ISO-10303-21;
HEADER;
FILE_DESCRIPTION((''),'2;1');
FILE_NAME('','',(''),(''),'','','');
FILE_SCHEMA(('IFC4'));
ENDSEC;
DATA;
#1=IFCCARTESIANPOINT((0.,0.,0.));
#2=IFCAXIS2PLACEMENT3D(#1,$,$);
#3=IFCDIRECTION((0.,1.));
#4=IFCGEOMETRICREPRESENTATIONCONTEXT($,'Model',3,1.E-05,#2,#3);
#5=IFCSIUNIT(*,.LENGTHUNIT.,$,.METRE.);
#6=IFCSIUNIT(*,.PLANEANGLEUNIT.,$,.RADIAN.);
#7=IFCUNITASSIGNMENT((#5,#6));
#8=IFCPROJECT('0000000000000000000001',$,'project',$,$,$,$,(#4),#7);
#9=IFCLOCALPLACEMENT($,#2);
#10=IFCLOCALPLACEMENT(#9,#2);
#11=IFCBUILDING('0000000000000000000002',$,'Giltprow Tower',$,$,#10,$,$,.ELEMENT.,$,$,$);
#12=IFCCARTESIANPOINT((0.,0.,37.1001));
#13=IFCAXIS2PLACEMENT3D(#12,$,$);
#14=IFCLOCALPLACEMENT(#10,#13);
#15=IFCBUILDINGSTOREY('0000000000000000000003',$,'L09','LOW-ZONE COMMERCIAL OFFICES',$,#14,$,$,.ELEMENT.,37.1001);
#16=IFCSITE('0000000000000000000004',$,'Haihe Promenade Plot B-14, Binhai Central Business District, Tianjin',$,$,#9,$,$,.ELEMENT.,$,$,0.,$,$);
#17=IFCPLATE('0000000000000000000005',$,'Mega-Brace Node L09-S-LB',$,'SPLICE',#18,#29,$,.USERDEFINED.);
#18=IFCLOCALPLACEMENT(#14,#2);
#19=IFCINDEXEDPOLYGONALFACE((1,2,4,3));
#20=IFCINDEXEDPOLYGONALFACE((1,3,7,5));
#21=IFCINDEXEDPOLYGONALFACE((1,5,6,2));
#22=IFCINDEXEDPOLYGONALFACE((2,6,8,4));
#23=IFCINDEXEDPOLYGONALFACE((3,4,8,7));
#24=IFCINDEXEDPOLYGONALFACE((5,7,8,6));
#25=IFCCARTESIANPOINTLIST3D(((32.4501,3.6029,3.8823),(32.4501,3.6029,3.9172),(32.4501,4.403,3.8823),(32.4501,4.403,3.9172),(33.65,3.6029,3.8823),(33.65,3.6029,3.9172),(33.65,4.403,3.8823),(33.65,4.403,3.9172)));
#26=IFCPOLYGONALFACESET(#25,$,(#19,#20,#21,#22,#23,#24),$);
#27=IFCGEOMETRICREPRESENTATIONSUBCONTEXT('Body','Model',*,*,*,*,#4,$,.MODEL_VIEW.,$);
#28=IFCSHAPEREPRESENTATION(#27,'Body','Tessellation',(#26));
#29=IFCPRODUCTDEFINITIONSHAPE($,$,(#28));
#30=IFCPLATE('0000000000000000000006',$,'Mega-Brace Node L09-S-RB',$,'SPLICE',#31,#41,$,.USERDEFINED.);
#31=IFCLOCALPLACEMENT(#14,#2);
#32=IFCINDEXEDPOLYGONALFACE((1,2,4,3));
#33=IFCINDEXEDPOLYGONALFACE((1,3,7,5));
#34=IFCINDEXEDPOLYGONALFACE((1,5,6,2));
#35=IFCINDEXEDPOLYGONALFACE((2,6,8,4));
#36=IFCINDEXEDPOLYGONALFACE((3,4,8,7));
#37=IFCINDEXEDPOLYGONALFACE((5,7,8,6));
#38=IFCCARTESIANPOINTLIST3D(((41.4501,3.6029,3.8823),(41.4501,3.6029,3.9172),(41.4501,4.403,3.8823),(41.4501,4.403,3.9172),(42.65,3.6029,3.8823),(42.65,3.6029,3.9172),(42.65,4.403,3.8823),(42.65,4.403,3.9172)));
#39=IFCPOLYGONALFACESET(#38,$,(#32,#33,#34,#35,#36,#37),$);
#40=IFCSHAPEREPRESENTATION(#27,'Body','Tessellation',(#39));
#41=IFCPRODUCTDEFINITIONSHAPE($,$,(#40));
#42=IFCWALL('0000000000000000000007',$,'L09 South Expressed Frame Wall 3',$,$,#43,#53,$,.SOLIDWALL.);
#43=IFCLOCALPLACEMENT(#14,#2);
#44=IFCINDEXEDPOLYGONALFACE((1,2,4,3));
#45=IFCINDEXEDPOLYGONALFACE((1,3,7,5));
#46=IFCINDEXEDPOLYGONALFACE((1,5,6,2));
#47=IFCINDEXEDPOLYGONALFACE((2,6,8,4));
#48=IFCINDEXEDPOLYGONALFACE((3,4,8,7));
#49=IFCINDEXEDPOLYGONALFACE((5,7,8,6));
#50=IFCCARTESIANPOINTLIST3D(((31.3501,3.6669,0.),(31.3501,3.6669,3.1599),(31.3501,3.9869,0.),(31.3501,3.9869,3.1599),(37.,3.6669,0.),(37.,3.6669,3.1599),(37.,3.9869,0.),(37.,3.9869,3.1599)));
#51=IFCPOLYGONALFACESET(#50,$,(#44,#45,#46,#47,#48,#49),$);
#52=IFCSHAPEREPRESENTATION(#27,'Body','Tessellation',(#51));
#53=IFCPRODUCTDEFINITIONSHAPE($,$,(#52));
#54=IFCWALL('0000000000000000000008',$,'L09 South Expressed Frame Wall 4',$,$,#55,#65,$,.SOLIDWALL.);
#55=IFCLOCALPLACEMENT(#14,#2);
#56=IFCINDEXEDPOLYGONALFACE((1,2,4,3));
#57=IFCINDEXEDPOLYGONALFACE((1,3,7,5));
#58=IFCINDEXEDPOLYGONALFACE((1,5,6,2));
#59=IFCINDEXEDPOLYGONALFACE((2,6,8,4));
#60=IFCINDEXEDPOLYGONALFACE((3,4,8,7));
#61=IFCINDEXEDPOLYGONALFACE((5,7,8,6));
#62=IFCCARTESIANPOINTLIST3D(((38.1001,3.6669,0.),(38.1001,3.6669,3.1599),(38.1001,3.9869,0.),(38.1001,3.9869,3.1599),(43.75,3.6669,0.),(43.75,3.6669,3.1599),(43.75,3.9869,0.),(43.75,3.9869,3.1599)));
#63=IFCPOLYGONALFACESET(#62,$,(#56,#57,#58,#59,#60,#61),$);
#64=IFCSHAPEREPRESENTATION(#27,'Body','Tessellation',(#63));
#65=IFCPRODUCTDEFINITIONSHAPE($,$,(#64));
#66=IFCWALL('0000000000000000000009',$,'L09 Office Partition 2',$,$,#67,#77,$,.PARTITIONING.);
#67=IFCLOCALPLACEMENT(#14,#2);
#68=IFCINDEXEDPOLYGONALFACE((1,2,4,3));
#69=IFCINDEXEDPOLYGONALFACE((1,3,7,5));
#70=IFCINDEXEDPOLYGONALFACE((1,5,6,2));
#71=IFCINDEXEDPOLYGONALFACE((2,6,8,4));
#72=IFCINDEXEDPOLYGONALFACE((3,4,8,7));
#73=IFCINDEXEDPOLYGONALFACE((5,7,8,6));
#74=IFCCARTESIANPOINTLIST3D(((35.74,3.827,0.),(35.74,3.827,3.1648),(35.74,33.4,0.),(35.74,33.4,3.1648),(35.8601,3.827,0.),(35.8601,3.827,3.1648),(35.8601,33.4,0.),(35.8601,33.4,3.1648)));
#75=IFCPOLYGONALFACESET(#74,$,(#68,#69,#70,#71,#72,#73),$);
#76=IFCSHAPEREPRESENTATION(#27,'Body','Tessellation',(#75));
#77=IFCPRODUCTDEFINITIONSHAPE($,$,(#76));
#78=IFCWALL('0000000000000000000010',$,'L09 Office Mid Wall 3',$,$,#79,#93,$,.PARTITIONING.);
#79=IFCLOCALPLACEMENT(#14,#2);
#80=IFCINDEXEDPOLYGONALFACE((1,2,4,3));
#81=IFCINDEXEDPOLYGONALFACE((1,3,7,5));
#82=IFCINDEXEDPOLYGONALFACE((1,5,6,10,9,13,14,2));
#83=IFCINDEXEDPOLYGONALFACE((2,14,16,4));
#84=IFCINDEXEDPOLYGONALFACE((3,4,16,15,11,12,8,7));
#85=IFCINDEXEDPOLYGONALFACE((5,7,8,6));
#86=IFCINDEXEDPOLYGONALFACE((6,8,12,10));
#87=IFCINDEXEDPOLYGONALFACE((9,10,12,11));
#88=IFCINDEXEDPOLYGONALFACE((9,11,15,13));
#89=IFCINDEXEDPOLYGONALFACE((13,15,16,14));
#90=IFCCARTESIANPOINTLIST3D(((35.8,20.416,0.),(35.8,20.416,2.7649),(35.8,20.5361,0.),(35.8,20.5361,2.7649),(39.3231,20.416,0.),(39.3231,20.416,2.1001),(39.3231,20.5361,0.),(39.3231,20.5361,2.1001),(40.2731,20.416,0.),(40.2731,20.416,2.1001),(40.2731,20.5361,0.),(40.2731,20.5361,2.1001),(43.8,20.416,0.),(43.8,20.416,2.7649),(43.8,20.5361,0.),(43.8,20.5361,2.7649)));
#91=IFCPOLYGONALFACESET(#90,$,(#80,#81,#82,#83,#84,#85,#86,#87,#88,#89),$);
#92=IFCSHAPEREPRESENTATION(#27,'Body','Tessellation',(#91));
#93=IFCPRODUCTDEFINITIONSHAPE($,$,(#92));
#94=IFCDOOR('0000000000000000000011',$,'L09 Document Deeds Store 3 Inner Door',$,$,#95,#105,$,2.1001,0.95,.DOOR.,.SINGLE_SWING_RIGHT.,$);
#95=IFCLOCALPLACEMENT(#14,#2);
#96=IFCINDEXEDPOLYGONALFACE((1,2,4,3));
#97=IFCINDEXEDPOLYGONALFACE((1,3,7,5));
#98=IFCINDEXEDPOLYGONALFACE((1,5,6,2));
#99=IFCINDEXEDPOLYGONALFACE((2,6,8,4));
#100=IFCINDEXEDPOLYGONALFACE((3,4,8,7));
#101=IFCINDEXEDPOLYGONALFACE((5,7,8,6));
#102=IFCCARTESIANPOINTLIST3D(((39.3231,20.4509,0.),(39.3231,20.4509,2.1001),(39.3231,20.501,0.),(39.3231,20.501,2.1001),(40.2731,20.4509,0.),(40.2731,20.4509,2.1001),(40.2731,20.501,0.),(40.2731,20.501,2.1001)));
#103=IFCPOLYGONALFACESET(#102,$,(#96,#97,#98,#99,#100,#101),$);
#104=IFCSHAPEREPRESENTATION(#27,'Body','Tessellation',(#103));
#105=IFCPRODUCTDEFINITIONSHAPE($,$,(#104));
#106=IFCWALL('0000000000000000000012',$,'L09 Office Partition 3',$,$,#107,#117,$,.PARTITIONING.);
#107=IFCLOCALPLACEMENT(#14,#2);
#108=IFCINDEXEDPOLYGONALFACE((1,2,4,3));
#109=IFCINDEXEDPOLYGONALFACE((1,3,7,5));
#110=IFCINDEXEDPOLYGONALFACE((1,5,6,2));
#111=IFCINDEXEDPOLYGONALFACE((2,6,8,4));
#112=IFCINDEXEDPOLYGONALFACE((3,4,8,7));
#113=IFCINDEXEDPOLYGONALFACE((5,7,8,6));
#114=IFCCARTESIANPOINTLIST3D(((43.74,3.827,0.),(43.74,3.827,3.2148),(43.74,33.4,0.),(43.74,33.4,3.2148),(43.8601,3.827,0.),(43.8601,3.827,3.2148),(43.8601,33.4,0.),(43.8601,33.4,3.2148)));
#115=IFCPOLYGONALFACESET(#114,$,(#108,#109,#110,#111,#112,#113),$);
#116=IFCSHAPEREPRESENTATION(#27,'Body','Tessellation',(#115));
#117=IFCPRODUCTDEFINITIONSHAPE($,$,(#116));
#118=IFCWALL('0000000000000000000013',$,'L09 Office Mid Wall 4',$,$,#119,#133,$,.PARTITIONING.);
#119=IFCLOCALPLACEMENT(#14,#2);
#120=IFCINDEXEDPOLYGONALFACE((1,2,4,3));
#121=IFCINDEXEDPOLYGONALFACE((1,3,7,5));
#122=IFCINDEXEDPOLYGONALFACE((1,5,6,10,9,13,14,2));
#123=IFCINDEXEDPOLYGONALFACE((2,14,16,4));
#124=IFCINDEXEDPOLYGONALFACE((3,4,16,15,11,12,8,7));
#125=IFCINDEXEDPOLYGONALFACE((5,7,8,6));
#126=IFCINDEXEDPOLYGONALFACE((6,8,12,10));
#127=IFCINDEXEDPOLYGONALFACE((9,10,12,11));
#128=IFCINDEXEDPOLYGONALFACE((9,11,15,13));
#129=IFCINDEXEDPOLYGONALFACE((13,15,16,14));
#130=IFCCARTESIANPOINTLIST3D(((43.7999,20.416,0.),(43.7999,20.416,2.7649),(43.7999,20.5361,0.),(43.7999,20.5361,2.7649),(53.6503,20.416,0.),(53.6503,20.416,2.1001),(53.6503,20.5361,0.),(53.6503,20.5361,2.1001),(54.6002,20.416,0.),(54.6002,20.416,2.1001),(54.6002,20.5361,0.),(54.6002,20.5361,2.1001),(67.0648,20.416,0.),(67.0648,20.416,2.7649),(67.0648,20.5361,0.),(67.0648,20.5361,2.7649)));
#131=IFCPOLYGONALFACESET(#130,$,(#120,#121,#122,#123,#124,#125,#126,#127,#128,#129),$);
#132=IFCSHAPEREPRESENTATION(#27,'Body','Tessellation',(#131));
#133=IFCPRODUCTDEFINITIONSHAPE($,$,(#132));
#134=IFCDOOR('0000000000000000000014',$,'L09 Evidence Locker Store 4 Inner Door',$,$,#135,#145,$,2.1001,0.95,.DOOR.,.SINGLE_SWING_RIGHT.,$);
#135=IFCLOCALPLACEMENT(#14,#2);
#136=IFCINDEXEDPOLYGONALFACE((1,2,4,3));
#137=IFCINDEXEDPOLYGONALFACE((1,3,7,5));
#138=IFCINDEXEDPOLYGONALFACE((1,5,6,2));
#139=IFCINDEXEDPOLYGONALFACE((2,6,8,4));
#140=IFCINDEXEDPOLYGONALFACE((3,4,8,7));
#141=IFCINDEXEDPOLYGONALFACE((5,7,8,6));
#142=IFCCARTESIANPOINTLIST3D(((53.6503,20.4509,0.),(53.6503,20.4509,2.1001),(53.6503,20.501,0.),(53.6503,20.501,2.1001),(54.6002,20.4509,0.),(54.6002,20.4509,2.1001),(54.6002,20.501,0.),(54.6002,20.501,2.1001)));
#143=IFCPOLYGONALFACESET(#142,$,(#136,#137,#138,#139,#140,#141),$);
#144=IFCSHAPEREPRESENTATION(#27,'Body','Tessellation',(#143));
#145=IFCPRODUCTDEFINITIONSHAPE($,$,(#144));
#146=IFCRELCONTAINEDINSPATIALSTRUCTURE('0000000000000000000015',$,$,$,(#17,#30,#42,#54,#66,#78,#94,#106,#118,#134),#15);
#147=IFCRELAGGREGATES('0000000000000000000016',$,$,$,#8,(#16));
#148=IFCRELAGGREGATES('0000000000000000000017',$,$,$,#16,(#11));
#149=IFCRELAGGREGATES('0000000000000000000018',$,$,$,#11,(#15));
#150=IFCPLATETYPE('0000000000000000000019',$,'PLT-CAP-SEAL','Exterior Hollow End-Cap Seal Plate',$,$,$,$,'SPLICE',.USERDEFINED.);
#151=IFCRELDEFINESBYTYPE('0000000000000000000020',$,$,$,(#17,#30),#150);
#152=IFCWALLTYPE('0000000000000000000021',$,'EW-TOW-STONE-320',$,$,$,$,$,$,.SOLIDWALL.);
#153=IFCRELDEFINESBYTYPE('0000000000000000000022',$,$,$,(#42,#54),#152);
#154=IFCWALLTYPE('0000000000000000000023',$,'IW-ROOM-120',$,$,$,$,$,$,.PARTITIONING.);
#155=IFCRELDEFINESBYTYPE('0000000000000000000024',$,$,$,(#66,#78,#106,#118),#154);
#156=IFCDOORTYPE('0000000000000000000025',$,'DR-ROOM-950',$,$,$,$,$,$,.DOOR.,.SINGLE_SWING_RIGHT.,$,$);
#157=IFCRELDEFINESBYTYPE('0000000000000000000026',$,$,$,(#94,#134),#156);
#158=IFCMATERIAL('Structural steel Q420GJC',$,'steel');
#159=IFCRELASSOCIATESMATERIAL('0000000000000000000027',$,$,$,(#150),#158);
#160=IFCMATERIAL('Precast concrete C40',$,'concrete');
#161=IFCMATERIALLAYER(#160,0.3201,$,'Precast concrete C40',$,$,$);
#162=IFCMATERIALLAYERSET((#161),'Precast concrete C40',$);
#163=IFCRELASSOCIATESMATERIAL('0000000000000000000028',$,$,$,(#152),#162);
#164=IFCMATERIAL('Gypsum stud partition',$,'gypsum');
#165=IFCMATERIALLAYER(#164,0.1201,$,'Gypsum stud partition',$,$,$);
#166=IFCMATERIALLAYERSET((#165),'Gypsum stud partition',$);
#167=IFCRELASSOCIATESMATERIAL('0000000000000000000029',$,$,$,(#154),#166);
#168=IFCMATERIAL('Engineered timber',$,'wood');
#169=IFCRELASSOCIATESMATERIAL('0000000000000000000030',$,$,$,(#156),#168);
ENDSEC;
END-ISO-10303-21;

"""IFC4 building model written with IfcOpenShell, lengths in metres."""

from ifc_helpers import new_model, si_unit, direction, frame, frame_2d, origin, origin_2d, place, context, subcontext, project, spatial, rectangle, extrude, source, transform, mapped, material, layer, layer_set, type_object, element, fill, save


model = new_model("IFC4")

# Units and contexts
model_context = context("Model", 3, precision=1e-05, world=origin(), true_north=direction((0.0, 1.0)))
body_context = subcontext(model_context, "Body", "Model", "MODEL_VIEW")
ifc_project = project(units=[si_unit("LENGTHUNIT", "METRE"), si_unit("PLANEANGLEUNIT", "RADIAN")], contexts=[model_context])

# Site, building, storey
site_placement = place(None, origin())
site = spatial("IfcSite", under=ifc_project, at=site_placement, Name="Haihe Promenade Plot B-14, Binhai Central Business District, Tianjin", CompositionType="ELEMENT", RefElevation=0.0)
building_placement = place(site_placement, origin())
building = spatial("IfcBuilding", under=site, at=building_placement, Name="Giltprow Tower", CompositionType="ELEMENT")
storey_placement = place(building_placement, frame((0.0, 0.0, 37.1001)))
storey = spatial("IfcBuildingStorey", under=building, at=storey_placement, Name="L09", Description="LOW-ZONE COMMERCIAL OFFICES", CompositionType="ELEMENT", Elevation=37.1001)

# Shared definitions
ifc_material_1 = material(Name="Structural steel Q420GJC", Category="steel")

# Plates
plate_type = type_object("IfcPlateType", Name="PLT-CAP-SEAL", Description="Exterior Hollow End-Cap Seal Plate", ElementType="SPLICE", PredefinedType="USERDEFINED", material=ifc_material_1)
shared_shape_1 = source(origin(), body_context, "Body", "SweptSolid", [
    extrude(rectangle(XDim=1.2, YDim=0.8, at=origin_2d()), origin(), (0.0, 0.0, 1.0), 0.0349),
])
for number, where, z_axis, x_axis, name in (
    (1, (33.05, 4.0029, 3.8823), (0.0, 0.0, 1.0), (1.0, 0.0, 0.0), "Mega-Brace Node L09-S-LB"),
    (2, (42.05, 4.0029, 3.8823), (0.0, 0.0, 1.0), (1.0, 0.0, 0.0), "Mega-Brace Node L09-S-RB"),
):
    element("IfcPlate", number, at=place(storey_placement, frame(where, z_axis=z_axis, x_axis=x_axis)), inside=storey, type_object=plate_type, Name=name, ObjectType="SPLICE", PredefinedType="USERDEFINED", context=body_context, shape_type="MappedRepresentation", body=[
        mapped(shared_shape_1, transform((0.0, 0.0, 0.0), x_axis=(1.0, 0.0, 0.0), y_axis=(0.0, 1.0, 0.0), z_axis=(0.0, 0.0, 1.0), scale=1.0)),
    ])

# Walls
ifc_material_2 = material(Name="Precast concrete C40", Category="concrete")
ifc_layer_1 = layer(ifc_material_2, 0.3201, Name="Precast concrete C40")
ifc_layer_set_1 = layer_set([ifc_layer_1], Name="Precast concrete C40")
wall_type_1 = type_object("IfcWallType", Name="EW-TOW-STONE-320", PredefinedType="SOLIDWALL", material=ifc_layer_set_1)
for number, where, z_axis, x_axis, name in (
    (3, (31.3501, 3.8269, 0.0), (0.0, 0.0, 1.0), (1.0, 0.0, 0.0), "L09 South Expressed Frame Wall 3"),
    (4, (38.1001, 3.8269, 0.0), (0.0, 0.0, 1.0), (1.0, 0.0, 0.0), "L09 South Expressed Frame Wall 4"),
):
    element("IfcWall", number, at=place(storey_placement, frame(where, z_axis=z_axis, x_axis=x_axis)), inside=storey, type_object=wall_type_1, Name=name, PredefinedType="SOLIDWALL", context=body_context, shape_type="SweptSolid", body=[
        extrude(rectangle(XDim=5.6499, YDim=0.3201, at=frame_2d((2.825, 0.0))), origin(), (0.0, 0.0, 1.0), 3.1599),
    ])
ifc_material_3 = material(Name="Gypsum stud partition", Category="gypsum")
ifc_layer_2 = layer(ifc_material_3, 0.1201, Name="Gypsum stud partition")
ifc_layer_set_2 = layer_set([ifc_layer_2], Name="Gypsum stud partition")
wall_type_2 = type_object("IfcWallType", Name="IW-ROOM-120", PredefinedType="PARTITIONING", material=ifc_layer_set_2)
wall_1_placement = place(storey_placement, frame((35.8, 3.8269, 0.0), z_axis=(0.0, 0.0, 1.0), x_axis=(0.0, 1.0, 0.0)))
element("IfcWall", 5, at=wall_1_placement, inside=storey, type_object=wall_type_2, Name="L09 Office Partition 2", PredefinedType="PARTITIONING", context=body_context, shape_type="SweptSolid", body=[
    extrude(rectangle(XDim=29.573, YDim=0.1201, at=frame_2d((14.7866, 0.0))), origin(), (0.0, 0.0, 1.0), 3.1648),
])

# Wall, opening, door
wall_2_placement = place(storey_placement, frame((35.8, 20.4761, 0.0), z_axis=(0.0, 0.0, 1.0), x_axis=(1.0, 0.0, 0.0)))
wall_2 = element("IfcWall", 6, at=wall_2_placement, inside=storey, type_object=wall_type_2, Name="L09 Office Mid Wall 3", PredefinedType="PARTITIONING", context=body_context, shape_type="SweptSolid", body=[
    extrude(rectangle(XDim=8.0, YDim=0.1201, at=frame_2d((4.0, 0.0))), origin(), (0.0, 0.0, 1.0), 2.7649),
])
opening_1_placement = place(wall_2_placement, frame((3.5229, 0.0, 0.0)))
opening_1 = element("IfcOpeningElement", 7, at=opening_1_placement, cuts=wall_2, PredefinedType="OPENING", context=body_context, shape_type="SweptSolid", body=[
    extrude(rectangle(XDim=0.95, YDim=2.1001, at=frame_2d((0.4751, 1.05))), frame((0.0, 0.0701, 0.0), z_axis=(0.0, -1.0, 0.0), x_axis=(1.0, 0.0, 0.0)), (0.0, 0.0, 1.0), 0.1401),
])
ifc_material_4 = material(Name="Engineered timber", Category="wood")
door_type = type_object("IfcDoorType", Name="DR-ROOM-950", OperationType="SINGLE_SWING_RIGHT", PredefinedType="DOOR", material=ifc_material_4)
shared_shape_2 = source(origin(), body_context, "Body", "SweptSolid", [
    extrude(rectangle(XDim=0.95, YDim=2.1001, at=frame_2d((0.4751, 1.05))), frame((0.0, 0.0249, 0.0), z_axis=(0.0, -1.0, 0.0), x_axis=(1.0, 0.0, 0.0)), (0.0, 0.0, 1.0), 0.05),
])
door_1_placement = place(opening_1_placement, origin())
door_1 = element("IfcDoor", 8, at=door_1_placement, inside=storey, type_object=door_type, Name="L09 Document Deeds Store 3 Inner Door", OperationType="SINGLE_SWING_RIGHT", OverallHeight=2.1001, OverallWidth=0.95, PredefinedType="DOOR", context=body_context, shape_type="MappedRepresentation", body=[
    mapped(shared_shape_2, transform((0.0, 0.0, 0.0), x_axis=(1.0, 0.0, 0.0), y_axis=(0.0, 1.0, 0.0), z_axis=(0.0, 0.0, 1.0), scale=1.0)),
])
fill(opening_1, door_1)

# Wall
wall_3_placement = place(storey_placement, frame((43.8, 3.8269, 0.0), z_axis=(0.0, 0.0, 1.0), x_axis=(0.0, 1.0, 0.0)))
element("IfcWall", 9, at=wall_3_placement, inside=storey, type_object=wall_type_2, Name="L09 Office Partition 3", PredefinedType="PARTITIONING", context=body_context, shape_type="SweptSolid", body=[
    extrude(rectangle(XDim=29.573, YDim=0.1201, at=frame_2d((14.7866, 0.0))), origin(), (0.0, 0.0, 1.0), 3.2148),
])

# Wall, opening, door
wall_4_placement = place(storey_placement, frame((43.8, 20.4761, 0.0), z_axis=(0.0, 0.0, 1.0), x_axis=(1.0, 0.0, 0.0)))
wall_4 = element("IfcWall", 10, at=wall_4_placement, inside=storey, type_object=wall_type_2, Name="L09 Office Mid Wall 4", PredefinedType="PARTITIONING", context=body_context, shape_type="SweptSolid", body=[
    extrude(rectangle(XDim=23.2649, YDim=0.1201, at=frame_2d((11.6323, 0.0))), origin(), (0.0, 0.0, 1.0), 2.7649),
])
opening_2_placement = place(wall_4_placement, frame((9.8501, 0.0, 0.0)))
opening_2 = element("IfcOpeningElement", 11, at=opening_2_placement, cuts=wall_4, PredefinedType="OPENING", context=body_context, shape_type="SweptSolid", body=[
    extrude(rectangle(XDim=0.95, YDim=2.1001, at=frame_2d((0.4751, 1.05))), frame((0.0, 0.0701, 0.0), z_axis=(0.0, -1.0, 0.0), x_axis=(1.0, 0.0, 0.0)), (0.0, 0.0, 1.0), 0.1401),
])
door_2_placement = place(opening_2_placement, origin())
door_2 = element("IfcDoor", 12, at=door_2_placement, inside=storey, type_object=door_type, Name="L09 Evidence Locker Store 4 Inner Door", OperationType="SINGLE_SWING_RIGHT", OverallHeight=2.1001, OverallWidth=0.95, PredefinedType="DOOR", context=body_context, shape_type="MappedRepresentation", body=[
    mapped(shared_shape_2, transform((0.0, 0.0, 0.0), x_axis=(1.0, 0.0, 0.0), y_axis=(0.0, 1.0, 0.0), z_axis=(0.0, 0.0, 1.0), scale=1.0)),
])
fill(opening_2, door_2)

save(model, "model.ifc")
